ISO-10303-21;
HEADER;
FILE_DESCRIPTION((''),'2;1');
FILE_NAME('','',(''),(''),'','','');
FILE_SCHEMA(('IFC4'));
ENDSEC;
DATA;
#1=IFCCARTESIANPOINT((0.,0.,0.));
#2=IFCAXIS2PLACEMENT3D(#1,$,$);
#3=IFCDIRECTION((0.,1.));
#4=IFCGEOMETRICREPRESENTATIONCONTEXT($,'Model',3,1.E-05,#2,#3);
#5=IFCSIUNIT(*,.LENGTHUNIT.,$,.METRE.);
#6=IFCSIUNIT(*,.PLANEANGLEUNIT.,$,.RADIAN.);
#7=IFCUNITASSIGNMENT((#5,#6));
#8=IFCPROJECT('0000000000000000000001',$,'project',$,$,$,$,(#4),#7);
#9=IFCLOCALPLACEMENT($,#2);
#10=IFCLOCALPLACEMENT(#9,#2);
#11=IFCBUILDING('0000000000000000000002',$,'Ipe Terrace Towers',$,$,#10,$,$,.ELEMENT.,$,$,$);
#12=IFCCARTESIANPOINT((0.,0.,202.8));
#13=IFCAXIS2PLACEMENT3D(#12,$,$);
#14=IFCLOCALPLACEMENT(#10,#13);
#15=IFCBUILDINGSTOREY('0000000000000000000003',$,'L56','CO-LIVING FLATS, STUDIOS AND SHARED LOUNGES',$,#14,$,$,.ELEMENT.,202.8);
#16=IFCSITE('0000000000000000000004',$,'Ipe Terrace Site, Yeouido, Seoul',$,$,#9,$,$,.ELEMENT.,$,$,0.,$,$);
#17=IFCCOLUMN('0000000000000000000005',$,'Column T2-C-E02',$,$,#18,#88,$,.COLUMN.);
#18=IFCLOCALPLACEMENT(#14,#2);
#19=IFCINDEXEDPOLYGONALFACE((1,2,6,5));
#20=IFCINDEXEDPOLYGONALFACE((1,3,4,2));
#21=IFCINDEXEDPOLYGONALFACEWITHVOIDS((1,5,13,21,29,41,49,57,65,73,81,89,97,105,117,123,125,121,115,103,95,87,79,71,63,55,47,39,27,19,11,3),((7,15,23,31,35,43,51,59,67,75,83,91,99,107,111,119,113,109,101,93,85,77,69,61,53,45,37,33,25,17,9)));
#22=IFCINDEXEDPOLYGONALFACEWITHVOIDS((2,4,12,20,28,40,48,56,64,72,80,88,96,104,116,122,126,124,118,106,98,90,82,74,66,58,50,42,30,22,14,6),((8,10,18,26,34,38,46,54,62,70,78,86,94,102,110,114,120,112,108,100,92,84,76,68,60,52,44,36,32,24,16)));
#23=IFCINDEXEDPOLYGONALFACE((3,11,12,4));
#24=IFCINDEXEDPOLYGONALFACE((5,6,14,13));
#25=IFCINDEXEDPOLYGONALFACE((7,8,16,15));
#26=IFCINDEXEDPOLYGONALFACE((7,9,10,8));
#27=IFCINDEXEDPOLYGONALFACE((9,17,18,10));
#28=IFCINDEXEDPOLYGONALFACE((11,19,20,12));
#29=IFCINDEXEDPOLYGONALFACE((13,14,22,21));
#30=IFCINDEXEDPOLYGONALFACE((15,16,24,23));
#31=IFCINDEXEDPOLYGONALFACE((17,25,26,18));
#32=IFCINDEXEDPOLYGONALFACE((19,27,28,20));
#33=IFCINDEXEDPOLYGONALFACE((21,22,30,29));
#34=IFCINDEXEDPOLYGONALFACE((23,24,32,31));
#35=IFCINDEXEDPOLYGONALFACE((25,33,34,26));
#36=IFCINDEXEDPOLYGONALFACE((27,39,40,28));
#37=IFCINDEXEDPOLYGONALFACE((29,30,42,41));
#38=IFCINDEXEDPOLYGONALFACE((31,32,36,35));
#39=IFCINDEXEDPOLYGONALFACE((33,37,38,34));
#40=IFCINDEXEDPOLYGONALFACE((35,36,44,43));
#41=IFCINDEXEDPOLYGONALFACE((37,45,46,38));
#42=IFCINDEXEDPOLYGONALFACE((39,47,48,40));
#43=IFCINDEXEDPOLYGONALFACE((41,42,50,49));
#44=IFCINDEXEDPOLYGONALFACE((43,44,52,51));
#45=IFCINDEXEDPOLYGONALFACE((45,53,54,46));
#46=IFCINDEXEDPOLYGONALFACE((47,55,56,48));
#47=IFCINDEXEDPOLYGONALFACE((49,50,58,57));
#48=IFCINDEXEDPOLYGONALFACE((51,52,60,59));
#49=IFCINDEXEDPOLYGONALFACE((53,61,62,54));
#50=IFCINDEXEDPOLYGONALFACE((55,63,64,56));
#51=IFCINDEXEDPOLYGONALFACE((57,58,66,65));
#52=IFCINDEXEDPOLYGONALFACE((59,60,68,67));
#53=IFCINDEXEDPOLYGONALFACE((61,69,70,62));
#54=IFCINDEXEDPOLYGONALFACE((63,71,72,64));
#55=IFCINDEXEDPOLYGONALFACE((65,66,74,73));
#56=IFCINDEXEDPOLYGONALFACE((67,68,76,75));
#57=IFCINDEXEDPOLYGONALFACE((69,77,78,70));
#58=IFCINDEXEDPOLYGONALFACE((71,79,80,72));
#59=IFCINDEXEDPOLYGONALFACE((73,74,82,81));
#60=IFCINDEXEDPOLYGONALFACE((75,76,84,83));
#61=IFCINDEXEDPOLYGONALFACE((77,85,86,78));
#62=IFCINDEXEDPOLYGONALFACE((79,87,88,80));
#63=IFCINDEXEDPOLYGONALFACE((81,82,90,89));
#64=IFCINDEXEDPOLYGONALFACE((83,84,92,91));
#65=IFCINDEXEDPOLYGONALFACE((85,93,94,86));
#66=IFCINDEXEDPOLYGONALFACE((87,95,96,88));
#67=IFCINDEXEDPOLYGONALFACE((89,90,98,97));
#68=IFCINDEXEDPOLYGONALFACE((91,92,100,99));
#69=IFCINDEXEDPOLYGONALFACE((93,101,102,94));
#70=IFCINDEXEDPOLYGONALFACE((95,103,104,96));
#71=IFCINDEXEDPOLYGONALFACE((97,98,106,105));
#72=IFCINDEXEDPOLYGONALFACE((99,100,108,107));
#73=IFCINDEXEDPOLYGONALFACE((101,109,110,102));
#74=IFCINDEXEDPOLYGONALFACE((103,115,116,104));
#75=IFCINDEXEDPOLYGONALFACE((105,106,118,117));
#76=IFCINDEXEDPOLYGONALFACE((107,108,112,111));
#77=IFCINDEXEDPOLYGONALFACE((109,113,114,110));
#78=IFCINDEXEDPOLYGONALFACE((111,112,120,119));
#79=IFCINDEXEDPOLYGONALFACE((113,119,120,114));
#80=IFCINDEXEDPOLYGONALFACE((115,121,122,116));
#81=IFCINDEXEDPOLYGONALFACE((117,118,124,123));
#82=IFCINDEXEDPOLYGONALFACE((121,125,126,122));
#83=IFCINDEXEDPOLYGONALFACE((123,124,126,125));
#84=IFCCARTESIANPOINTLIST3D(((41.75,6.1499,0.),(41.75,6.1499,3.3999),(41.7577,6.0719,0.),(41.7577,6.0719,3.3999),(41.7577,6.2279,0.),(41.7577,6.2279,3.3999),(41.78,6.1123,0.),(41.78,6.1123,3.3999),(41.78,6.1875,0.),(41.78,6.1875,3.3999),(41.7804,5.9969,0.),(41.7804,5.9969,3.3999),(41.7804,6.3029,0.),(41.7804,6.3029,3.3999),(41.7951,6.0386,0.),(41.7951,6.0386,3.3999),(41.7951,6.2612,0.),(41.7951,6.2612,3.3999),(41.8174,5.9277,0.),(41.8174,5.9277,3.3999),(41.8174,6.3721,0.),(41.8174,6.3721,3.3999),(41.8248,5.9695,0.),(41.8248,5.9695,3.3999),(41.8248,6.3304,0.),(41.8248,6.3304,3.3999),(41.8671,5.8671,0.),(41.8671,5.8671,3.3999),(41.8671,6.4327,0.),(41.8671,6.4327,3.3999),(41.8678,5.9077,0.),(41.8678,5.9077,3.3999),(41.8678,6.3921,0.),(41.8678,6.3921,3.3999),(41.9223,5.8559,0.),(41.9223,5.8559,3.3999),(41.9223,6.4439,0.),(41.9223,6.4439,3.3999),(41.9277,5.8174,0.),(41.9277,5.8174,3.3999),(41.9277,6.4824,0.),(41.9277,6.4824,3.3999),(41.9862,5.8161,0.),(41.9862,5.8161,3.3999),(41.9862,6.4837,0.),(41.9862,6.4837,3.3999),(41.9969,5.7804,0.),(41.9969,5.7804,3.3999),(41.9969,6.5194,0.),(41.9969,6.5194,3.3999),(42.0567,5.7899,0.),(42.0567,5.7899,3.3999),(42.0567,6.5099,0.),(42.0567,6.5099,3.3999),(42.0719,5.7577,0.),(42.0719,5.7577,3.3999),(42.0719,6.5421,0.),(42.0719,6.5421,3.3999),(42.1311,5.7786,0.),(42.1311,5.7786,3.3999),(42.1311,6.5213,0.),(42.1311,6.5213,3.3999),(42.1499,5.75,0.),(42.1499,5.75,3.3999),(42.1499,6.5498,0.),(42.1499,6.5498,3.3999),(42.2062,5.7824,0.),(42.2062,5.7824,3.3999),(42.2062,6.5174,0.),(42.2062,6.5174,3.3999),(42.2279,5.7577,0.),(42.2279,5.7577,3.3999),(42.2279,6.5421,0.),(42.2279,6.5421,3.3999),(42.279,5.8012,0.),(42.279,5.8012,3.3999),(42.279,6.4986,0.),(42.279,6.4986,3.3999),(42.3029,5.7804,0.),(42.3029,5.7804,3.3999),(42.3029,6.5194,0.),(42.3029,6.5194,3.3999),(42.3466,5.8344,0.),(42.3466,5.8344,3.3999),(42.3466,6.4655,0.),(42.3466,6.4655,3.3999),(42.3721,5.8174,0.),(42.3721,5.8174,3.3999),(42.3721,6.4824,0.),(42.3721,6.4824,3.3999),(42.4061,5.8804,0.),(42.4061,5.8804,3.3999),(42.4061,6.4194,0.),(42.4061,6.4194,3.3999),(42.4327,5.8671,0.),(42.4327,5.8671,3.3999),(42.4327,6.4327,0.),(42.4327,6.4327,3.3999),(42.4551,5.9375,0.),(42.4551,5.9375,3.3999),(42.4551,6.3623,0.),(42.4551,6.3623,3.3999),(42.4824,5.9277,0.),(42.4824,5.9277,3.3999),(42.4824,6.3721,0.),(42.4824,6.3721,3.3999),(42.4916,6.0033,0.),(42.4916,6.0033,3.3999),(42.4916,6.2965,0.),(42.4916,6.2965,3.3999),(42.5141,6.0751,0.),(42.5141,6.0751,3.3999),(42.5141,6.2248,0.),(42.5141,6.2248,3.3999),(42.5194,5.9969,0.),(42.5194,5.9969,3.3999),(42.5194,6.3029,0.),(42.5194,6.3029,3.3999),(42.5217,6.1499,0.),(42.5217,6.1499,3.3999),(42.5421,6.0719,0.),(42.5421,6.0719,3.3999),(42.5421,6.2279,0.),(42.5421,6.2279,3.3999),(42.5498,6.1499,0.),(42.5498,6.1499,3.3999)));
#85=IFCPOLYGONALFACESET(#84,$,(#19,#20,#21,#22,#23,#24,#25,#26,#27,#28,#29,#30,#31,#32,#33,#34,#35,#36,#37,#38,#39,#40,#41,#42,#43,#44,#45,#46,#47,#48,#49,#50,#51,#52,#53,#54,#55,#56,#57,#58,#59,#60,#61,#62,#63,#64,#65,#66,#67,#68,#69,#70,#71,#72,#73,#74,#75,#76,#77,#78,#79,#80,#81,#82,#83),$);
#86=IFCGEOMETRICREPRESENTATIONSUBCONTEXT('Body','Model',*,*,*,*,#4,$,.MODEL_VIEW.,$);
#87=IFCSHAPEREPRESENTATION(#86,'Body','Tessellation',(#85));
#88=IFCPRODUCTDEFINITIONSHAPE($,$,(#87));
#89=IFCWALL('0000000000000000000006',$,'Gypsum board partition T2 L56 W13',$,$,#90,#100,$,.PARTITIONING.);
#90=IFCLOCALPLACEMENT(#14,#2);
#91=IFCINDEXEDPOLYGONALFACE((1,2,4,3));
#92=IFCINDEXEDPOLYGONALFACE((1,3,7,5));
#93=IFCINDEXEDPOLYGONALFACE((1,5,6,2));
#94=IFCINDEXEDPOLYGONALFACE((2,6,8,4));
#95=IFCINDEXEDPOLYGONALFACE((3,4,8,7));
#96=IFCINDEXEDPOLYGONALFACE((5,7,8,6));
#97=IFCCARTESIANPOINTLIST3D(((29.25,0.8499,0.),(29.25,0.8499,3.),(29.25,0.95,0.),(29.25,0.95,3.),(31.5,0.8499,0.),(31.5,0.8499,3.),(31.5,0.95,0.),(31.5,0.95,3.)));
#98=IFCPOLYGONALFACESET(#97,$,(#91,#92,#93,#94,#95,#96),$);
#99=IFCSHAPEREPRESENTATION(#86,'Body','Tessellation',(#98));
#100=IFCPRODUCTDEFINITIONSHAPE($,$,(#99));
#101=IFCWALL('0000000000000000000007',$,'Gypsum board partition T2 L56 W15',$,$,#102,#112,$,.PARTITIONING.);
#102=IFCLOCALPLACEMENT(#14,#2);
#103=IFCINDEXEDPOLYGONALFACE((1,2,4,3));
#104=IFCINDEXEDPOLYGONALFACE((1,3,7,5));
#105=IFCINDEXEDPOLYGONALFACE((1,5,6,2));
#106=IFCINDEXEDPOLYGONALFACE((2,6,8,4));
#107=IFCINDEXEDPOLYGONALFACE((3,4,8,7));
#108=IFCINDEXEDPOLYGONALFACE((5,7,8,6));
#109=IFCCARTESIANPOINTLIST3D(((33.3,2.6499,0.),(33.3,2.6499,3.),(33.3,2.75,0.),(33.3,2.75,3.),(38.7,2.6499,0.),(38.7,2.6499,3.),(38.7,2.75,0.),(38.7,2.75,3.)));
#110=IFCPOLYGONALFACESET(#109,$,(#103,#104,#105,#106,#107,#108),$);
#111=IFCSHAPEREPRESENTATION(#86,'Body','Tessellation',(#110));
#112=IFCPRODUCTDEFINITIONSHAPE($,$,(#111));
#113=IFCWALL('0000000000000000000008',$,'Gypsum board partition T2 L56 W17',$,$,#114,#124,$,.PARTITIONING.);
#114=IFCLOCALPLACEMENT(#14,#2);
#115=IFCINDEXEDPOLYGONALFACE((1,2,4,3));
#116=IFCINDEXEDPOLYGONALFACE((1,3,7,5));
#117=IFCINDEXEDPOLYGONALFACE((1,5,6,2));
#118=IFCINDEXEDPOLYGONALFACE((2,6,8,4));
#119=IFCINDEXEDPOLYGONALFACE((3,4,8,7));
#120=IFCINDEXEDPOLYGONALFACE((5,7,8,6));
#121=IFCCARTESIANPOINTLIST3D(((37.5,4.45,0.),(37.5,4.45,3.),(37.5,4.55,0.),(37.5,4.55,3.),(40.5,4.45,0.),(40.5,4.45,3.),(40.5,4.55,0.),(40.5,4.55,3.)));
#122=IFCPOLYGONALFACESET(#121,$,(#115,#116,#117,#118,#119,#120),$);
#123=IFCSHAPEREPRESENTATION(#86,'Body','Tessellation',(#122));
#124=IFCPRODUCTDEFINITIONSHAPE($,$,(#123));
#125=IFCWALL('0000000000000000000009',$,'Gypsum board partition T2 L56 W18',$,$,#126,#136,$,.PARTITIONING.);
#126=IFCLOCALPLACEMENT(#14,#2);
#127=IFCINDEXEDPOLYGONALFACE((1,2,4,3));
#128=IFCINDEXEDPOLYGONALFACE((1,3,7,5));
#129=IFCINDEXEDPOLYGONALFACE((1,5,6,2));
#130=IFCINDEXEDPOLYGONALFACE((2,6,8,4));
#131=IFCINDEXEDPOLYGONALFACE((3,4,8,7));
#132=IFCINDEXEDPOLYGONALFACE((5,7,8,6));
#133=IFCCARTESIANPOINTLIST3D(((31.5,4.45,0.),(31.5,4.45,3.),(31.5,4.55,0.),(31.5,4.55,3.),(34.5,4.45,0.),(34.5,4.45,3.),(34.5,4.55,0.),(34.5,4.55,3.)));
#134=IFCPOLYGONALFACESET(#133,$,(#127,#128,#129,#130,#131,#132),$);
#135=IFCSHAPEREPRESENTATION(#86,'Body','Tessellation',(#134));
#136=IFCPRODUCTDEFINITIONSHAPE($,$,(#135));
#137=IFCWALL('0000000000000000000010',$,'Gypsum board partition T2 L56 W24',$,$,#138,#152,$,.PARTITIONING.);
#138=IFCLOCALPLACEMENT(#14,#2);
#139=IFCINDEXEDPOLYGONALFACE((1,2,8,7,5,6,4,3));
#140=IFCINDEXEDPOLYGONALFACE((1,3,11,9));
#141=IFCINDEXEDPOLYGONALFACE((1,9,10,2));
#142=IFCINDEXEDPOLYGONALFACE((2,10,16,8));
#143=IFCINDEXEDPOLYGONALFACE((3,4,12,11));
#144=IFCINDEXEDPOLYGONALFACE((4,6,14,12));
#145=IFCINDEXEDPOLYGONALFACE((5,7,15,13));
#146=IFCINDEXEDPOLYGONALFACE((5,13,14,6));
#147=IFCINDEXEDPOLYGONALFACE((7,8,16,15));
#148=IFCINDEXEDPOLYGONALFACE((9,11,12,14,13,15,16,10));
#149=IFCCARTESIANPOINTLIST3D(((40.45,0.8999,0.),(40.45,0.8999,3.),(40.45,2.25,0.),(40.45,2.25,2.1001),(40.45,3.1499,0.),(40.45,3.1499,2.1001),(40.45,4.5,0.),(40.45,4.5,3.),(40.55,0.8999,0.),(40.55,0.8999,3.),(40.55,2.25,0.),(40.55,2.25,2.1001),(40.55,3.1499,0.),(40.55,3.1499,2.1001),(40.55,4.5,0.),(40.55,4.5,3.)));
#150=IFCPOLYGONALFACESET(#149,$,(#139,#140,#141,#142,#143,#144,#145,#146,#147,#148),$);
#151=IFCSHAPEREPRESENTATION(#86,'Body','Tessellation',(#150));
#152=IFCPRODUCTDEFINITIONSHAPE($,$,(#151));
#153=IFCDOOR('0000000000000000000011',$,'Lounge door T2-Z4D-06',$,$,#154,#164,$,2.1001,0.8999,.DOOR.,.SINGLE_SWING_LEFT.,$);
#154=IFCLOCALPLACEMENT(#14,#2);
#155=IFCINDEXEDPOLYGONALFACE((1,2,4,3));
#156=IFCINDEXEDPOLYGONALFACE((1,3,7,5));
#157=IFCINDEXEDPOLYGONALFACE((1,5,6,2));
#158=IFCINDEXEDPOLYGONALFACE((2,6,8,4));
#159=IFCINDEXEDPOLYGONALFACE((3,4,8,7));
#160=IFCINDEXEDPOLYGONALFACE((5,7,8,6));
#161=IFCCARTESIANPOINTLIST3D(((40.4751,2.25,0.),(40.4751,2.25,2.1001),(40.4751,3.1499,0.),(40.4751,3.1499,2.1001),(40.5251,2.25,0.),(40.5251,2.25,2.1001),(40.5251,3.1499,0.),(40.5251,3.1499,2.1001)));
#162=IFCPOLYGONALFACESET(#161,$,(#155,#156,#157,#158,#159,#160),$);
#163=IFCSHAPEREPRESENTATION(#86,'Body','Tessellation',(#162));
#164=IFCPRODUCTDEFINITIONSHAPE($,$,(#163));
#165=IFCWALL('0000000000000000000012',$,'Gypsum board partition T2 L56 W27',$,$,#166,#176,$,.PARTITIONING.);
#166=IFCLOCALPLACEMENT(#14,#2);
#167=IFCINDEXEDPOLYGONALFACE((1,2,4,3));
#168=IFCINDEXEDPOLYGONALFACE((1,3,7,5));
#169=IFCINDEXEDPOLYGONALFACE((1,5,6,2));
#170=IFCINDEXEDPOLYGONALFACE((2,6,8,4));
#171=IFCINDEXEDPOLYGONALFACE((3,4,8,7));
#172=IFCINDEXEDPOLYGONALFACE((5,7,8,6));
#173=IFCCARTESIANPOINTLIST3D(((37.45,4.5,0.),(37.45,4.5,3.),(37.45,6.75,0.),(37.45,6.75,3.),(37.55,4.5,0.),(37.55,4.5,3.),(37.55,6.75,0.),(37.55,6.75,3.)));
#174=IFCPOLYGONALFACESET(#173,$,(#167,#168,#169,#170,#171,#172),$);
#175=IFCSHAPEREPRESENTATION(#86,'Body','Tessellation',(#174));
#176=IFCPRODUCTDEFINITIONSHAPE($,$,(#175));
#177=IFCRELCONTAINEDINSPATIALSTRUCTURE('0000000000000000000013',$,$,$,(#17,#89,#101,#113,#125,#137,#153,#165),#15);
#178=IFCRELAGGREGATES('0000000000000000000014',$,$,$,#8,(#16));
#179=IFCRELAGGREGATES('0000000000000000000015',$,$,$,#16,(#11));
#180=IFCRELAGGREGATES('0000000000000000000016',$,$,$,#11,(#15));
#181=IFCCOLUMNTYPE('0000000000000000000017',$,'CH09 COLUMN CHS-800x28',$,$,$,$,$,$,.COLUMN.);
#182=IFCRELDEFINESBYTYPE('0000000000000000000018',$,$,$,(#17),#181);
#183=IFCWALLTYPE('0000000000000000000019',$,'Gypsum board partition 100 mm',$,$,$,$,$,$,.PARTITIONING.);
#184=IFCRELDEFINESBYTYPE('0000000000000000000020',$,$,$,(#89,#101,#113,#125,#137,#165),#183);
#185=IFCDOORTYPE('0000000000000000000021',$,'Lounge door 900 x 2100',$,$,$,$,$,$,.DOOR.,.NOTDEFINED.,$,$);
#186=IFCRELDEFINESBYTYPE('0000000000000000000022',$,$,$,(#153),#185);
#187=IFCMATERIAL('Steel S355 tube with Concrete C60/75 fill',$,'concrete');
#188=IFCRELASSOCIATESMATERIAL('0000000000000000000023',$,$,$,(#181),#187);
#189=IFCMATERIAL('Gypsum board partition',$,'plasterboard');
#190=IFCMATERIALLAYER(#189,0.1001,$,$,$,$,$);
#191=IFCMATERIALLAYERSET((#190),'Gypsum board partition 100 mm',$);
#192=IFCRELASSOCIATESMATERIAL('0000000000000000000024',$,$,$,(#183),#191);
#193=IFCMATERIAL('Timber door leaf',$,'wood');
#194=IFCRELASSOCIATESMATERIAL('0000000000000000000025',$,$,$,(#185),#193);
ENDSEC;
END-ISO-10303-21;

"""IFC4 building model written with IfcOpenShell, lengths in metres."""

from ifc_helpers import new_model, si_unit, direction, frame, frame_2d, origin, origin_2d, place, context, subcontext, project, spatial, rectangle, hollow_circle, extrude, material, layer, layer_set, material_profile, profile_set, type_object, element, fill, save


model = new_model("IFC4")

# Units and contexts
model_context = context("Model", 3, precision=1e-05, world=origin(), true_north=direction((0.0, 1.0)))
body_context = subcontext(model_context, "Body", "Model", "MODEL_VIEW")
ifc_project = project(units=[si_unit("LENGTHUNIT", "METRE"), si_unit("PLANEANGLEUNIT", "RADIAN")], contexts=[model_context])

# Site, building, storey
site_placement = place(None, origin())
site = spatial("IfcSite", under=ifc_project, at=site_placement, Name="Ipe Terrace Site, Yeouido, Seoul", CompositionType="ELEMENT", RefElevation=0.0)
building_placement = place(site_placement, origin())
building = spatial("IfcBuilding", under=site, at=building_placement, Name="Ipe Terrace Towers", CompositionType="ELEMENT")
storey_placement = place(building_placement, frame((0.0, 0.0, 202.8)))
storey = spatial("IfcBuildingStorey", under=building, at=storey_placement, Name="L56", Description="CO-LIVING FLATS, STUDIOS AND SHARED LOUNGES", CompositionType="ELEMENT", Elevation=202.8)

# Column
ifc_material_1 = material(Name="Steel S355 tube with Concrete C60/75 fill", Category="concrete")
ifc_material_profile_1 = material_profile(ifc_material_1, hollow_circle(Radius=0.3999, WallThickness=0.0281, at=origin_2d()), Name="CHS-800x28")
ifc_profile_set_1 = profile_set([ifc_material_profile_1], Name="Steel S355 tube with Concrete C60/75 fill")
column_type = type_object("IfcColumnType", Name="CH09 COLUMN CHS-800x28", PredefinedType="COLUMN", material=ifc_profile_set_1)
column_placement = place(storey_placement, frame((42.1499, 6.1499, 0.0), z_axis=(0.0, 0.0, 1.0), x_axis=(1.0, 0.0, 0.0)))
element("IfcColumn", 1, at=column_placement, inside=storey, type_object=column_type, Name="Column T2-C-E02", PredefinedType="COLUMN", context=body_context, shape_type="SweptSolid", body=[
    extrude(hollow_circle(Radius=0.3999, WallThickness=0.0281, at=origin_2d()), origin(), (0.0, 0.0, 1.0), 3.3999),
])

# Walls
ifc_material_2 = material(Name="Gypsum board partition", Category="plasterboard")
ifc_layer_1 = layer(ifc_material_2, 0.1001)
ifc_layer_set_1 = layer_set([ifc_layer_1], Name="Gypsum board partition 100 mm")
wall_type_1 = type_object("IfcWallType", Name="Gypsum board partition 100 mm", PredefinedType="PARTITIONING", material=ifc_layer_set_1)
wall_1_placement = place(storey_placement, frame((31.5, 0.8999, 0.0), z_axis=(0.0, 0.0, 1.0), x_axis=(-1.0, 0.0, 0.0)))
element("IfcWall", 2, at=wall_1_placement, inside=storey, type_object=wall_type_1, Name="Gypsum board partition T2 L56 W13", PredefinedType="PARTITIONING", context=body_context, shape_type="SweptSolid", body=[
    extrude(rectangle(XDim=2.25, YDim=0.1001, at=frame_2d((1.125, 0.0))), origin(), (0.0, 0.0, 1.0), 3.0),
])
wall_2_placement = place(storey_placement, frame((38.7, 2.7, 0.0), z_axis=(0.0, 0.0, 1.0), x_axis=(-1.0, 0.0, 0.0)))
element("IfcWall", 3, at=wall_2_placement, inside=storey, type_object=wall_type_1, Name="Gypsum board partition T2 L56 W15", PredefinedType="PARTITIONING", context=body_context, shape_type="SweptSolid", body=[
    extrude(rectangle(XDim=5.3999, YDim=0.1001, at=frame_2d((2.7, 0.0))), origin(), (0.0, 0.0, 1.0), 3.0),
])
for number, where, z_axis, x_axis, name in (
    (4, (40.5, 4.5, 0.0), (0.0, 0.0, 1.0), (-1.0, 0.0, 0.0), "Gypsum board partition T2 L56 W17"),
    (5, (34.5, 4.5, 0.0), (0.0, 0.0, 1.0), (-1.0, 0.0, 0.0), "Gypsum board partition T2 L56 W18"),
):
    element("IfcWall", number, at=place(storey_placement, frame(where, z_axis=z_axis, x_axis=x_axis)), inside=storey, type_object=wall_type_1, Name=name, PredefinedType="PARTITIONING", context=body_context, shape_type="SweptSolid", body=[
        extrude(rectangle(XDim=3.0, YDim=0.1001, at=frame_2d((1.5, 0.0))), origin(), (0.0, 0.0, 1.0), 3.0),
    ])

# Wall, opening, door
wall_3_placement = place(storey_placement, frame((40.5, 0.8999, 0.0), z_axis=(0.0, 0.0, 1.0), x_axis=(0.0, 1.0, 0.0)))
wall_3 = element("IfcWall", 6, at=wall_3_placement, inside=storey, type_object=wall_type_1, Name="Gypsum board partition T2 L56 W24", PredefinedType="PARTITIONING", context=body_context, shape_type="SweptSolid", body=[
    extrude(rectangle(XDim=3.6001, YDim=0.1001, at=frame_2d((1.8, 0.0))), origin(), (0.0, 0.0, 1.0), 3.0),
])
opening_1_placement = place(wall_3_placement, frame((1.3501, 0.0, 0.0)))
opening_1 = element("IfcOpeningElement", 7, at=opening_1_placement, cuts=wall_3, PredefinedType="OPENING", context=body_context, shape_type="SweptSolid", body=[
    extrude(rectangle(XDim=0.8999, YDim=2.1001, at=frame_2d((0.45, 1.05))), frame((0.0, 0.0601, 0.0), z_axis=(0.0, -1.0, 0.0), x_axis=(1.0, 0.0, 0.0)), (0.0, 0.0, 1.0), 0.1201),
])
ifc_material_3 = material(Name="Timber door leaf", Category="wood")
door_type_1 = type_object("IfcDoorType", Name="Lounge door 900 x 2100", OperationType="NOTDEFINED", PredefinedType="DOOR", material=ifc_material_3)
door_1_placement = place(opening_1_placement, origin())
door_1 = element("IfcDoor", 8, at=door_1_placement, inside=storey, type_object=door_type_1, Name="Lounge door T2-Z4D-06", OperationType="SINGLE_SWING_LEFT", OverallHeight=2.1001, OverallWidth=0.8999, PredefinedType="DOOR", context=body_context, shape_type="SweptSolid", body=[
    extrude(rectangle(XDim=0.8999, YDim=2.1001, at=frame_2d((0.45, 1.05))), frame((0.0, 0.0249, 0.0), z_axis=(0.0, -1.0, 0.0), x_axis=(1.0, 0.0, 0.0)), (0.0, 0.0, 1.0), 0.05),
])
fill(opening_1, door_1)

# Wall
wall_4_placement = place(storey_placement, frame((37.5, 4.5, 0.0), z_axis=(0.0, 0.0, 1.0), x_axis=(0.0, 1.0, 0.0)))
element("IfcWall", 9, at=wall_4_placement, inside=storey, type_object=wall_type_1, Name="Gypsum board partition T2 L56 W27", PredefinedType="PARTITIONING", context=body_context, shape_type="SweptSolid", body=[
    extrude(rectangle(XDim=2.25, YDim=0.1001, at=frame_2d((1.125, 0.0))), origin(), (0.0, 0.0, 1.0), 3.0),
])

save(model, "model.ifc")
